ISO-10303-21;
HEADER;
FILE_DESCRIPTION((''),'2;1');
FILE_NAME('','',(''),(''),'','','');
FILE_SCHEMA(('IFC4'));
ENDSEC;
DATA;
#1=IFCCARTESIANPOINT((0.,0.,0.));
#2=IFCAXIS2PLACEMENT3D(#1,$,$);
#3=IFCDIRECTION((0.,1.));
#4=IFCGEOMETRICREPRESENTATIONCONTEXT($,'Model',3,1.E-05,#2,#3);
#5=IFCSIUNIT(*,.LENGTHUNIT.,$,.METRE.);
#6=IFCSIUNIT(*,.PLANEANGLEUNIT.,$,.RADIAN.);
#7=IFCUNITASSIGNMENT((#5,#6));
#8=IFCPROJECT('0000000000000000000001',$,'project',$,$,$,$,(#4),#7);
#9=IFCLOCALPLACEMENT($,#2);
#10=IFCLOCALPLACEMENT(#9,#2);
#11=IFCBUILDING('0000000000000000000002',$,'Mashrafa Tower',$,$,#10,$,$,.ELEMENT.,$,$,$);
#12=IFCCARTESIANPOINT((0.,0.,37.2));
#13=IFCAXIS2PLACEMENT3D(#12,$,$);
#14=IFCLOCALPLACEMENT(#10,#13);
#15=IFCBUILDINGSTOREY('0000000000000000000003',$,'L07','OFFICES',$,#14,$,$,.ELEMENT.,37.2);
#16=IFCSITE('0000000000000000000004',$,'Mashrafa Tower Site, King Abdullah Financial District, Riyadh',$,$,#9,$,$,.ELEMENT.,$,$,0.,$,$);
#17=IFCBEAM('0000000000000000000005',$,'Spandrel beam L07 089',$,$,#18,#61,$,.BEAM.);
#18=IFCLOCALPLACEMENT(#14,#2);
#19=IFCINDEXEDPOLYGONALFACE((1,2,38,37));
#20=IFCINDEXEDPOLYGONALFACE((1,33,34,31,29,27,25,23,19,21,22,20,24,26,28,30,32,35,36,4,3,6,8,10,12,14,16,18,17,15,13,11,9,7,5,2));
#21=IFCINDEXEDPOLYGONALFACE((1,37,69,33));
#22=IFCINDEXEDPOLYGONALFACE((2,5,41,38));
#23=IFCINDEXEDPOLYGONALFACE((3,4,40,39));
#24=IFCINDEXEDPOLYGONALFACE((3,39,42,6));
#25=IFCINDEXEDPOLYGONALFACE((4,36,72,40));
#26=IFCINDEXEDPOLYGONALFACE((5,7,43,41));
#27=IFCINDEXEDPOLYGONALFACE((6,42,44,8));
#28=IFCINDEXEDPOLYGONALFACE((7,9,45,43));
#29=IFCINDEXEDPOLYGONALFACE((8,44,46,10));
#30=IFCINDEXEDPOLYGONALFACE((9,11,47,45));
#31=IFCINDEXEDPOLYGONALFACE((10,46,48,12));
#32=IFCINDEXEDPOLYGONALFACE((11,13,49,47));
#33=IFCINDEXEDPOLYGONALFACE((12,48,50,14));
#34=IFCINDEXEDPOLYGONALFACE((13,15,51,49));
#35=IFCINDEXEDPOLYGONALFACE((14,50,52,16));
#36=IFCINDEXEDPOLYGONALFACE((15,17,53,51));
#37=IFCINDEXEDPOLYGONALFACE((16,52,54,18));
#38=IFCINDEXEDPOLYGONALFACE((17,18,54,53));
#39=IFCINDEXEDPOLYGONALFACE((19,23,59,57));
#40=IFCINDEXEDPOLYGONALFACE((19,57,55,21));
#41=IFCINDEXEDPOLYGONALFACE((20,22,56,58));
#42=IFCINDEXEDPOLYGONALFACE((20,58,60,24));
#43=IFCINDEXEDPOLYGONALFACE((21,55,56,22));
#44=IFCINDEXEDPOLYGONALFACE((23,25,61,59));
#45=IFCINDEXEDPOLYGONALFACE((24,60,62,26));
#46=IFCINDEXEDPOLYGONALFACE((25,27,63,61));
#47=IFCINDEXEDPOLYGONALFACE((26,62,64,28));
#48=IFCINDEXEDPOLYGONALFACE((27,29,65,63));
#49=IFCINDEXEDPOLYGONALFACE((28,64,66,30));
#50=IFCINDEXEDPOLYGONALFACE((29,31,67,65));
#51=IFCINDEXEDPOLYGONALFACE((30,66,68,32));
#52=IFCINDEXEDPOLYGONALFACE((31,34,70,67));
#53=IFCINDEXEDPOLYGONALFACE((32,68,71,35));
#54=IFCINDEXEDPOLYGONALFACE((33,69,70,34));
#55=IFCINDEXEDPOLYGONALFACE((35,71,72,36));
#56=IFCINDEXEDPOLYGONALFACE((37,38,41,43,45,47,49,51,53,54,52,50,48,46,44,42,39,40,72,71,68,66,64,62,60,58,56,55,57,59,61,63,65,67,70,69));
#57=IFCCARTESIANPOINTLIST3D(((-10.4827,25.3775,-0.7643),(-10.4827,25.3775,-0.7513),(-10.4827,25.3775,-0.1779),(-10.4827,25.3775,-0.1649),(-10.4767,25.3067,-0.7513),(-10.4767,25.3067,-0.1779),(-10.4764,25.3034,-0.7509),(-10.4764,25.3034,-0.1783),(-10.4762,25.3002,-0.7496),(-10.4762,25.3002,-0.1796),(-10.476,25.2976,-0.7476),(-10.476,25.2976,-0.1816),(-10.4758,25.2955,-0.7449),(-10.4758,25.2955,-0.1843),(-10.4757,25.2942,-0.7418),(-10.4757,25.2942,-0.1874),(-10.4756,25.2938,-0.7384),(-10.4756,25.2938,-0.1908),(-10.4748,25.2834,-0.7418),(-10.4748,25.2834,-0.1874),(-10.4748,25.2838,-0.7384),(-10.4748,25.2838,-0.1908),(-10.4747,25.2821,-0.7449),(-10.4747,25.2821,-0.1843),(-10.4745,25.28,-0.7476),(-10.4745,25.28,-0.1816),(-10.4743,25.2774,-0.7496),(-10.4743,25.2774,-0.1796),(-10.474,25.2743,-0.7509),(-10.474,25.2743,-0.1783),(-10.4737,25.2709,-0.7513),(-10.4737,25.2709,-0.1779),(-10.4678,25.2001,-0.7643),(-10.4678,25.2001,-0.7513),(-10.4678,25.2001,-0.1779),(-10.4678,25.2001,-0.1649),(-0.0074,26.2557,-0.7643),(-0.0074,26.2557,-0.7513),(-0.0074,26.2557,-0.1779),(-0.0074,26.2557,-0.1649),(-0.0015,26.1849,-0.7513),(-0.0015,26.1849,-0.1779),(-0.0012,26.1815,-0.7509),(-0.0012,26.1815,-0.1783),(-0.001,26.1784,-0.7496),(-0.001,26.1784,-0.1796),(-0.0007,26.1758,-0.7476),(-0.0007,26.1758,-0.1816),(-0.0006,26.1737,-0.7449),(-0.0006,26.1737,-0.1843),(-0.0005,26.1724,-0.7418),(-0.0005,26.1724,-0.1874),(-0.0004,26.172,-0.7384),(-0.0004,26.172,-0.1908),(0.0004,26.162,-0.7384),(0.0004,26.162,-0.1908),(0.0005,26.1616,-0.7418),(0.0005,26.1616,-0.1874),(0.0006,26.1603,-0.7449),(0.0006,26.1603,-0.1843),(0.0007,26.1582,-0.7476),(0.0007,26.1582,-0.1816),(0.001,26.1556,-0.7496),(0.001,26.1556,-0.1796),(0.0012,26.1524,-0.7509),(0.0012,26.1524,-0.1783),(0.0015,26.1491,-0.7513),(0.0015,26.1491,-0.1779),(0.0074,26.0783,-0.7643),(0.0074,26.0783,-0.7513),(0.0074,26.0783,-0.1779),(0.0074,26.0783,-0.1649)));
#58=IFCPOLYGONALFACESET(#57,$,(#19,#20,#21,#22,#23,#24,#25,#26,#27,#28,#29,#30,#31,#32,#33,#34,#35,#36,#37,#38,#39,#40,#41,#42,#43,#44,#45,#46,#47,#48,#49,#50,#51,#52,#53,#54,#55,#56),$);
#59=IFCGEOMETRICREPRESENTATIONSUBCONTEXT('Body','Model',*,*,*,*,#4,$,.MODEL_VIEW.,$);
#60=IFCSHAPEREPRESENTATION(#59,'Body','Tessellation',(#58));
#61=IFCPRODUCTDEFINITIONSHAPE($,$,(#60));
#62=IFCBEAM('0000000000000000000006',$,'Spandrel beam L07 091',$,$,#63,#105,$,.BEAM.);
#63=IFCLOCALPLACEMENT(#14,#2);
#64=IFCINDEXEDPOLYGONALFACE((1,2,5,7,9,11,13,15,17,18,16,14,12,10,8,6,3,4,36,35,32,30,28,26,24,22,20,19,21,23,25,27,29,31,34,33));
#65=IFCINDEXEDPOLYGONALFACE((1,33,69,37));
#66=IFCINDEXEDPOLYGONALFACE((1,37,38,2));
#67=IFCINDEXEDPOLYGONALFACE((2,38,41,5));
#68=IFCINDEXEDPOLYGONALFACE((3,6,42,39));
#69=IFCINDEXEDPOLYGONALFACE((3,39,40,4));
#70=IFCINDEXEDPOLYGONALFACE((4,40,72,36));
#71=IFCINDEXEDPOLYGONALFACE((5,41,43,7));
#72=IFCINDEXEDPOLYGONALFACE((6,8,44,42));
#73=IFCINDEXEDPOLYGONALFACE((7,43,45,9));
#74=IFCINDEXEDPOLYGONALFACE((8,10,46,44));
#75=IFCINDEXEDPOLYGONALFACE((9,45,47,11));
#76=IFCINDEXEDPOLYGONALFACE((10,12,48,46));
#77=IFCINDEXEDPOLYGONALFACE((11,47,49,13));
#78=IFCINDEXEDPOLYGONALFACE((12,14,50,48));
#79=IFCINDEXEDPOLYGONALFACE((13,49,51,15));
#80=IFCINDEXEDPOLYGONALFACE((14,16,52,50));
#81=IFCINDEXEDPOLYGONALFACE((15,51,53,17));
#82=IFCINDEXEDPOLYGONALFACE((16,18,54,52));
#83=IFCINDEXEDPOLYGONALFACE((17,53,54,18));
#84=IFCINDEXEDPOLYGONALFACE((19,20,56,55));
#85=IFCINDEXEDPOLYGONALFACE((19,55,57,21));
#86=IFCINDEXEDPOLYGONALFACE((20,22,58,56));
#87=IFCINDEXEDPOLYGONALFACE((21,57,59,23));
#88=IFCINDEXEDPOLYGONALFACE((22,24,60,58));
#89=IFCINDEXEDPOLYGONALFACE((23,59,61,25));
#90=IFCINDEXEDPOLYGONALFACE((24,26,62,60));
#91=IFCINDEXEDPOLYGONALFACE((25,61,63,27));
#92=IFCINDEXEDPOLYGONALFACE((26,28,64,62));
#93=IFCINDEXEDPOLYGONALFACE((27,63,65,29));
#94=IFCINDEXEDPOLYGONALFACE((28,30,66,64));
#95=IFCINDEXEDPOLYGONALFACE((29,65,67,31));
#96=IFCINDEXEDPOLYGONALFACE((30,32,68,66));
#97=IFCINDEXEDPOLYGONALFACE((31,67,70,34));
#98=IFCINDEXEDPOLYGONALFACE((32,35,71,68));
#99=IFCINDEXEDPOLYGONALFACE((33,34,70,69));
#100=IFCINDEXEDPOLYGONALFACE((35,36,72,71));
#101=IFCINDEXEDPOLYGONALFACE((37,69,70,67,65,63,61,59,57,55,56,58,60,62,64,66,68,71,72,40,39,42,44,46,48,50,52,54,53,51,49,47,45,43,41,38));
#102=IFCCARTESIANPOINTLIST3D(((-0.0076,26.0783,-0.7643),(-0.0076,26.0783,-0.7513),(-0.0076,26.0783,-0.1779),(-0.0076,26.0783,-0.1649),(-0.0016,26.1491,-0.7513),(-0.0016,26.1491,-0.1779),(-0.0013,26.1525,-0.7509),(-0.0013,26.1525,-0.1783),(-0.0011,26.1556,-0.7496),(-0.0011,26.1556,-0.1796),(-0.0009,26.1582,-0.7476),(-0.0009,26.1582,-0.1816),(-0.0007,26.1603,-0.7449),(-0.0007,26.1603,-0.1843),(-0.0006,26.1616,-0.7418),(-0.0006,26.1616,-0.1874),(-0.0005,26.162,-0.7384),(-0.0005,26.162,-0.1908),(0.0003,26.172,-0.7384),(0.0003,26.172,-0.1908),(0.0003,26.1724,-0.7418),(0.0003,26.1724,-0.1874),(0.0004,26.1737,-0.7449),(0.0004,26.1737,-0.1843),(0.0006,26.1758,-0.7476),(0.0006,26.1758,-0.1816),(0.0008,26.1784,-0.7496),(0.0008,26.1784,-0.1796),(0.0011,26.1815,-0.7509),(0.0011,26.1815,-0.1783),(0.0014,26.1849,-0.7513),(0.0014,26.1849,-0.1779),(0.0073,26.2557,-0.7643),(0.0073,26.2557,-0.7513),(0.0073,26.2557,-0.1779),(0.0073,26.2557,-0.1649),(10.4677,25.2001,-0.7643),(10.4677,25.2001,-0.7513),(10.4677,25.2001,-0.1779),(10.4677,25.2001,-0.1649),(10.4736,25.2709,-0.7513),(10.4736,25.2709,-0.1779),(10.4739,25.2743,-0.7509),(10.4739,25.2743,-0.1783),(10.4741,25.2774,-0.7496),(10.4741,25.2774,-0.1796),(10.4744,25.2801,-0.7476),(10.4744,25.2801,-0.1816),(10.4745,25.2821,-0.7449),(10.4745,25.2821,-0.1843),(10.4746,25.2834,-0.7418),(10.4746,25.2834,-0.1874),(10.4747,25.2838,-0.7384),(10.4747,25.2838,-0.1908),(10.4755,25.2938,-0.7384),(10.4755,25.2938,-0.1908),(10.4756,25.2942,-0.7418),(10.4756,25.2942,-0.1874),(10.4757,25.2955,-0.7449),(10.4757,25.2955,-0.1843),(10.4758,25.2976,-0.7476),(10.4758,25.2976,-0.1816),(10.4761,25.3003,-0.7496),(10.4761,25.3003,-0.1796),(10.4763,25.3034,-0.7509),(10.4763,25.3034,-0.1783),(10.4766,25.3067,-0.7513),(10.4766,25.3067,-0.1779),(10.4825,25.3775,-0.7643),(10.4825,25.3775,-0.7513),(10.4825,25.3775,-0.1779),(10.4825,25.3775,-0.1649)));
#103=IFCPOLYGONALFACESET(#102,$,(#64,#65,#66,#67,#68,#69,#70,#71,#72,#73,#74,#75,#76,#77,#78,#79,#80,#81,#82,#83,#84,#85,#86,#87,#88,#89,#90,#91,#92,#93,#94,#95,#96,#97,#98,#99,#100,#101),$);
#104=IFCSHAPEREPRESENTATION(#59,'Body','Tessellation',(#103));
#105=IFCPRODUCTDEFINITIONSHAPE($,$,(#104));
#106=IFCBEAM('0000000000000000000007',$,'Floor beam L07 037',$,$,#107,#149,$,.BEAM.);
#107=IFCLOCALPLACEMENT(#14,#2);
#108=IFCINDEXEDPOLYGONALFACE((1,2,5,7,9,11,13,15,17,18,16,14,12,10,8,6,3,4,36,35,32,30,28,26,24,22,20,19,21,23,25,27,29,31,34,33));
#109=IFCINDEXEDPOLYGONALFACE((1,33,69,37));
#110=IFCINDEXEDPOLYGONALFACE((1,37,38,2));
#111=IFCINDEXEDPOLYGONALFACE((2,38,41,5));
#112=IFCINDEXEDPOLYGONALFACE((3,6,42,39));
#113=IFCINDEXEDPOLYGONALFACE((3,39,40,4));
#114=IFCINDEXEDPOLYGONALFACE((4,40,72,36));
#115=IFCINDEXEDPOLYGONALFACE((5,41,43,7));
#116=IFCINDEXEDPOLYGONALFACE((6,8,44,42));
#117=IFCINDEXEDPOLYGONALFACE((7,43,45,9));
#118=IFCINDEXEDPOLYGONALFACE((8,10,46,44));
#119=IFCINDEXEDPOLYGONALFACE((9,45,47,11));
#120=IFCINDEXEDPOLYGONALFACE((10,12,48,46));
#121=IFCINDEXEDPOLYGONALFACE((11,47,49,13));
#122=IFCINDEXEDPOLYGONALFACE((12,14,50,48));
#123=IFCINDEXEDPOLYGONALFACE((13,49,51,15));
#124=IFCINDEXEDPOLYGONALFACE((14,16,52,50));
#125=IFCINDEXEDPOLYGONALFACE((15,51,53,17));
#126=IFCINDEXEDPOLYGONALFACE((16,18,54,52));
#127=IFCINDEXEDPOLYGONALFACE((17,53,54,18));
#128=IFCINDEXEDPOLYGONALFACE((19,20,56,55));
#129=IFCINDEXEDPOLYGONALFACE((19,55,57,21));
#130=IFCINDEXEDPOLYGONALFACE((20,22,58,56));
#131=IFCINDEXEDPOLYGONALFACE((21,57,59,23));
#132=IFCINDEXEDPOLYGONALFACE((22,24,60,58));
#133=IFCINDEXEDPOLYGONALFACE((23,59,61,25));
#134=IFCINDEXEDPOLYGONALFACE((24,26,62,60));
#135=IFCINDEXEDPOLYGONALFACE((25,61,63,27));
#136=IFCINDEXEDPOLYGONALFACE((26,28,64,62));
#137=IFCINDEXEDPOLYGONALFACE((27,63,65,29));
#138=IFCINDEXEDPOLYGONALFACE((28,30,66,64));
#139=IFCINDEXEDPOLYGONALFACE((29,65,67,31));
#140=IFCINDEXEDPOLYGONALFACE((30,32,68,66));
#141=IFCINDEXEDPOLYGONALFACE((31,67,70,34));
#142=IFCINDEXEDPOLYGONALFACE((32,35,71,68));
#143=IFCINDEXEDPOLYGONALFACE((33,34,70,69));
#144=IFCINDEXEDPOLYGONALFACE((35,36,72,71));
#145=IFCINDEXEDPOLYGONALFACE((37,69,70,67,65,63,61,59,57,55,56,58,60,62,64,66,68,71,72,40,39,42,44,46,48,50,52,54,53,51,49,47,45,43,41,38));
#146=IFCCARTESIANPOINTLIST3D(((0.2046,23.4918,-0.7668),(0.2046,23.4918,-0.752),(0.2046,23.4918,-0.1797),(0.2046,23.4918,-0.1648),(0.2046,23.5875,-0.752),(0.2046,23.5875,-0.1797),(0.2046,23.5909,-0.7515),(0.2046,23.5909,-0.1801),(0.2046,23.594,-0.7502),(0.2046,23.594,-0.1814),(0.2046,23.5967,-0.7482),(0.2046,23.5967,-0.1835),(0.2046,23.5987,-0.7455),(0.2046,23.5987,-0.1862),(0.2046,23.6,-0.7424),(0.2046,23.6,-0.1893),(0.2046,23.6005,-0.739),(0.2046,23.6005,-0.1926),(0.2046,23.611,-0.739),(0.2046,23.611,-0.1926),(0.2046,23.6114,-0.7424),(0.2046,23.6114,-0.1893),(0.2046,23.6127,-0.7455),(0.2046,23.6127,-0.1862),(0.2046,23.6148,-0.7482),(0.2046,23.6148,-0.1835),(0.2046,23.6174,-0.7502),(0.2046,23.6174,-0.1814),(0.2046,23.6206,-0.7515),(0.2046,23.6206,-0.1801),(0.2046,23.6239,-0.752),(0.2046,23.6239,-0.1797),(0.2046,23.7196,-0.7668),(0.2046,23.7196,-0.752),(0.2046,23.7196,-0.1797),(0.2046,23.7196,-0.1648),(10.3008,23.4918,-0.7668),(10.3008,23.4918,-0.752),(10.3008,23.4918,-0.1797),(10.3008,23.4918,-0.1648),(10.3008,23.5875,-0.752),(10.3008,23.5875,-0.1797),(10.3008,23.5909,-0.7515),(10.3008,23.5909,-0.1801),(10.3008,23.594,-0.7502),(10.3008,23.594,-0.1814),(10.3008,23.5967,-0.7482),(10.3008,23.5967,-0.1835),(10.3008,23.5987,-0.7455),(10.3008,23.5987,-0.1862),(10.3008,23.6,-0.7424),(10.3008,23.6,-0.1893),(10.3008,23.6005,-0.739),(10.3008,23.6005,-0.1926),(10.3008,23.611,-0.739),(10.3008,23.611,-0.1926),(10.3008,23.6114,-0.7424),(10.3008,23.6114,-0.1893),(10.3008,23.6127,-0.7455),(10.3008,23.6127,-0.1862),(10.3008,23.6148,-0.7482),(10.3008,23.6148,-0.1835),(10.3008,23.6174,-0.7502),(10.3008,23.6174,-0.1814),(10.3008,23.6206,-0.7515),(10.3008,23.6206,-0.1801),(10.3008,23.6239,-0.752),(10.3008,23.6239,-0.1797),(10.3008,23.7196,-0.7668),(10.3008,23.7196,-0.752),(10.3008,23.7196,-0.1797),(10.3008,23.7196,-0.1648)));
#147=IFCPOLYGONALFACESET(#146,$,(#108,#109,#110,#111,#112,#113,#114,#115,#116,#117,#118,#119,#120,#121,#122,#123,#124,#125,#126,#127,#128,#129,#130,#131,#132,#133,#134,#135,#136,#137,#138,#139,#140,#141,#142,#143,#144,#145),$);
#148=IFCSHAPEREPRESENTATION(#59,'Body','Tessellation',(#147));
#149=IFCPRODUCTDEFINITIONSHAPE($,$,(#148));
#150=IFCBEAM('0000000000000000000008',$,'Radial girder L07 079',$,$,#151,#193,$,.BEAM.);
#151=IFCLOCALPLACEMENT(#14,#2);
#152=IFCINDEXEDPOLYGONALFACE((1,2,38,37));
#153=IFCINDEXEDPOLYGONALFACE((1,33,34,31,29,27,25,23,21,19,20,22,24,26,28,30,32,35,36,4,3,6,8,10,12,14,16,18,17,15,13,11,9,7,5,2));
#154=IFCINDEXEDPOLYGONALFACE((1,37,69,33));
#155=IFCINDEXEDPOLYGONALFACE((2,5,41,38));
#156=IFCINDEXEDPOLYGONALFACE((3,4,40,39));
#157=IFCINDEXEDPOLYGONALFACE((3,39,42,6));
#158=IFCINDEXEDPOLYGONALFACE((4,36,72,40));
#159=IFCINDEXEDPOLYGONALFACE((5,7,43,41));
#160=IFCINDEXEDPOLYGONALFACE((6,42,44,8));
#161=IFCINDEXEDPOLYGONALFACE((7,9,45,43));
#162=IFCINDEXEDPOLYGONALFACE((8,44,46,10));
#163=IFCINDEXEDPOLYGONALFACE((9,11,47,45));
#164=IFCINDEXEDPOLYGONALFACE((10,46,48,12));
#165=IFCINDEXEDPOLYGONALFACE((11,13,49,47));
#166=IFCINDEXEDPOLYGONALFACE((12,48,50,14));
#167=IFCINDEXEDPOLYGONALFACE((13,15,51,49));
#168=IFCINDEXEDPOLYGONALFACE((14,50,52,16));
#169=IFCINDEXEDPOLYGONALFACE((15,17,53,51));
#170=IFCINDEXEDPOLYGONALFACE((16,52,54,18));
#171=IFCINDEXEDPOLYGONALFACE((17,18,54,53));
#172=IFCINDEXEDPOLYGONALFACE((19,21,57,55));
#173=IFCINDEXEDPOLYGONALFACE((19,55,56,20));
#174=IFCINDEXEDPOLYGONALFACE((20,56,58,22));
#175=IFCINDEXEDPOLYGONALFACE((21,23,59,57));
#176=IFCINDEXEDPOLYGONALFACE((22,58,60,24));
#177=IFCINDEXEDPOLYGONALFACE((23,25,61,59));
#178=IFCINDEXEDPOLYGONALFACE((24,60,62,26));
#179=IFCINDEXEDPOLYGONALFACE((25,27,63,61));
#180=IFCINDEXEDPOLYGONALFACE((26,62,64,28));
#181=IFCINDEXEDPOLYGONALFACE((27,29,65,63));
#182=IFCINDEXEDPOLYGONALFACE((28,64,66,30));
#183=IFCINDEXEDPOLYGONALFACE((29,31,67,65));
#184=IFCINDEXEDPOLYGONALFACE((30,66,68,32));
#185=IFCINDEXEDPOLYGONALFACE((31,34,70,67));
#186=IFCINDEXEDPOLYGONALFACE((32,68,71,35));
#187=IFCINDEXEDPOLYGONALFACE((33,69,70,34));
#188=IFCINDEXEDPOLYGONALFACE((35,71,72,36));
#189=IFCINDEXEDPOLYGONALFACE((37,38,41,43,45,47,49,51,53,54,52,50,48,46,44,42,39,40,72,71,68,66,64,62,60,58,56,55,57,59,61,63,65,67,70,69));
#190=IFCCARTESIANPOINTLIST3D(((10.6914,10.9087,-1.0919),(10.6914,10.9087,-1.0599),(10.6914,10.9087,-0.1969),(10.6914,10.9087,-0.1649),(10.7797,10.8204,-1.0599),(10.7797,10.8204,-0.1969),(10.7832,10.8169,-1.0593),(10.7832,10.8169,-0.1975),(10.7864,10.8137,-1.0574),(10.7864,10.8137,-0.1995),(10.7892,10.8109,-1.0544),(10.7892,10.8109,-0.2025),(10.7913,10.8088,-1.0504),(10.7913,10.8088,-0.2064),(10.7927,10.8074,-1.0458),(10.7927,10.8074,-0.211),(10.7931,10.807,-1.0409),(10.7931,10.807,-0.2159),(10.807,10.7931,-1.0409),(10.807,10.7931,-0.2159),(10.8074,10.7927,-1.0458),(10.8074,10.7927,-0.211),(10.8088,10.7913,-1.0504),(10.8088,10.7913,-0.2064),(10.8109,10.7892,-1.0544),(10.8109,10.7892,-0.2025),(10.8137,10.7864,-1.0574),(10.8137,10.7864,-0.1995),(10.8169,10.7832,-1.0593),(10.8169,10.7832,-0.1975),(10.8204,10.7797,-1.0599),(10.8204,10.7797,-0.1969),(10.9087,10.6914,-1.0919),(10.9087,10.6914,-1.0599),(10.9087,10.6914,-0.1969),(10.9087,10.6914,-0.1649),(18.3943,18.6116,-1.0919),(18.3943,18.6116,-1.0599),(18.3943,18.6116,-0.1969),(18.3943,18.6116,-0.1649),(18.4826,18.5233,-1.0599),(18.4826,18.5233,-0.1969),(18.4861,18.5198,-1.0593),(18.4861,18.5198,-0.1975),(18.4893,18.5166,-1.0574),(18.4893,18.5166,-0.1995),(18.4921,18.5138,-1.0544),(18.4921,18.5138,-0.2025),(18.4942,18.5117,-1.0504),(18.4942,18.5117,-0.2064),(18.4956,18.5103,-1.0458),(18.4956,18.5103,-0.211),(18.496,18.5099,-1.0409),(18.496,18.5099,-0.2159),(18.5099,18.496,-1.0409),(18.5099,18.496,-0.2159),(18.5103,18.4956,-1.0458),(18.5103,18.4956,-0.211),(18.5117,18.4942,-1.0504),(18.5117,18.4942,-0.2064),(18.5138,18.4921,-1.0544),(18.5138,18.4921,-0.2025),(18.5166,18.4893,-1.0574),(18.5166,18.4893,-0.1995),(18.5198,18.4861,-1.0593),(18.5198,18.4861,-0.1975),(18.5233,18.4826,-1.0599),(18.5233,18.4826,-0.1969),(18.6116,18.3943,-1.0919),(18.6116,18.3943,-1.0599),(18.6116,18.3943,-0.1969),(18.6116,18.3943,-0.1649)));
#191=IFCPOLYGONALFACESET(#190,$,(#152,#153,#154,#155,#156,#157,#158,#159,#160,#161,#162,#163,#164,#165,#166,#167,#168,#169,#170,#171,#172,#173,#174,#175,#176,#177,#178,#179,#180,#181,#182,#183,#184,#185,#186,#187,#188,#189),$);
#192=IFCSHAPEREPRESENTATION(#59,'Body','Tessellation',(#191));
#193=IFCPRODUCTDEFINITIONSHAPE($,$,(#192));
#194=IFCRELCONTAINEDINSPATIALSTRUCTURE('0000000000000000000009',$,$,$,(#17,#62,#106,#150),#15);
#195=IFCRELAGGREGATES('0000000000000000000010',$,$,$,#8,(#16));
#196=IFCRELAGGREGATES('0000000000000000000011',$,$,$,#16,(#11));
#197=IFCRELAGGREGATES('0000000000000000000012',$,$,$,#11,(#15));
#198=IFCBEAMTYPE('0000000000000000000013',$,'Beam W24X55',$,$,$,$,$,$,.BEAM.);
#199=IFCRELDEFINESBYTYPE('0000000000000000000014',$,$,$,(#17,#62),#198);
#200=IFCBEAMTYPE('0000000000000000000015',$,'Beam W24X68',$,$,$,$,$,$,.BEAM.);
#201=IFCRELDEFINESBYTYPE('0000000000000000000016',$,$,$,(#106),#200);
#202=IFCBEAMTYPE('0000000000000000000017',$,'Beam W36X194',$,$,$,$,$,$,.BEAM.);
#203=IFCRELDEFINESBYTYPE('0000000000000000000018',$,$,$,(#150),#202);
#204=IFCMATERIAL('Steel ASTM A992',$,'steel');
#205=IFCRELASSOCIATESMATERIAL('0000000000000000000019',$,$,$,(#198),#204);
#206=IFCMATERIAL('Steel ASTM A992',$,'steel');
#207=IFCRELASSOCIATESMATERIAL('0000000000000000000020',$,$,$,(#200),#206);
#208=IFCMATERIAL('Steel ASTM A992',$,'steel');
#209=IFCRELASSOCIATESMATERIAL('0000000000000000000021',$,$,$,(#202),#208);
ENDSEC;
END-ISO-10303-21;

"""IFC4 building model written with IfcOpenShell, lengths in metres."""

from ifc_helpers import new_model, si_unit, direction, frame, origin, origin_2d, place, context, subcontext, project, spatial, i_section, extrude, material, material_profile, profile_set, type_object, element, save


model = new_model("IFC4")

# Units and contexts
model_context = context("Model", 3, precision=1e-05, world=origin(), true_north=direction((0.0, 1.0)))
body_context = subcontext(model_context, "Body", "Model", "MODEL_VIEW")
ifc_project = project(units=[si_unit("LENGTHUNIT", "METRE"), si_unit("PLANEANGLEUNIT", "RADIAN")], contexts=[model_context])

# Site, building, storey
site_placement = place(None, origin())
site = spatial("IfcSite", under=ifc_project, at=site_placement, Name="Mashrafa Tower Site, King Abdullah Financial District, Riyadh", CompositionType="ELEMENT", RefElevation=0.0)
building_placement = place(site_placement, origin())
building = spatial("IfcBuilding", under=site, at=building_placement, Name="Mashrafa Tower", CompositionType="ELEMENT")
storey_placement = place(building_placement, frame((0.0, 0.0, 37.2)))
storey = spatial("IfcBuildingStorey", under=building, at=storey_placement, Name="L07", Description="OFFICES", CompositionType="ELEMENT", Elevation=37.2)

# Beams
ifc_material_1 = material(Name="Steel ASTM A992", Category="steel")
ifc_material_profile_1 = material_profile(ifc_material_1, i_section(OverallWidth=0.178, OverallDepth=0.5994, WebThickness=0.01, FlangeThickness=0.0129, FilletRadius=0.0129, at=origin_2d()), Name="W24X55")
ifc_profile_set_1 = profile_set([ifc_material_profile_1], Name="Steel ASTM A992")
beam_type_1 = type_object("IfcBeamType", Name="Beam W24X55", PredefinedType="BEAM", material=ifc_profile_set_1)
for number, where, z_axis, x_axis, name in (
    (1, (0.0, 26.167, -0.4646), (-0.996504, -0.083541, 0.0), (0.083541, -0.996504, 0.0), "Spandrel beam L07 089"),
    (2, (10.4751, 25.2888, -0.4646), (-0.996504, 0.083541, 0.0), (-0.083541, -0.996504, 0.0), "Spandrel beam L07 091"),
):
    element("IfcBeam", number, at=place(storey_placement, frame(where, z_axis=z_axis, x_axis=x_axis)), inside=storey, type_object=beam_type_1, Name=name, PredefinedType="BEAM", context=body_context, shape_type="SweptSolid", body=[
        extrude(i_section(OverallWidth=0.178, OverallDepth=0.5994, WebThickness=0.01, FlangeThickness=0.0129, FilletRadius=0.0129, at=origin_2d()), origin(), (0.0, 0.0, 1.0), 10.512),
    ])
ifc_material_2 = material(Name="Steel ASTM A992", Category="steel")
ifc_material_profile_2 = material_profile(ifc_material_2, i_section(OverallWidth=0.2278, OverallDepth=0.6021, WebThickness=0.0105, FlangeThickness=0.0149, FilletRadius=0.0129, at=origin_2d()), Name="W24X68")
ifc_profile_set_2 = profile_set([ifc_material_profile_2], Name="Steel ASTM A992")
beam_type_2 = type_object("IfcBeamType", Name="Beam W24X68", PredefinedType="BEAM", material=ifc_profile_set_2)
beam_1_placement = place(storey_placement, frame((0.2046, 23.6057, -0.4658), z_axis=(1.0, 0.0, 0.0), x_axis=(0.0, 1.0, 0.0)))
element("IfcBeam", 3, at=beam_1_placement, inside=storey, type_object=beam_type_2, Name="Floor beam L07 037", PredefinedType="BEAM", context=body_context, shape_type="SweptSolid", body=[
    extrude(i_section(OverallWidth=0.2278, OverallDepth=0.6021, WebThickness=0.0105, FlangeThickness=0.0149, FilletRadius=0.0129, at=origin_2d()), origin(), (0.0, 0.0, 1.0), 10.0962),
])
ifc_material_3 = material(Name="Steel ASTM A992", Category="steel")
ifc_material_profile_3 = material_profile(ifc_material_3, i_section(OverallWidth=0.3074, OverallDepth=0.927, WebThickness=0.0195, FlangeThickness=0.032, FilletRadius=0.019, at=origin_2d()), Name="W36X194")
ifc_profile_set_3 = profile_set([ifc_material_profile_3], Name="Steel ASTM A992")
beam_type_3 = type_object("IfcBeamType", Name="Beam W36X194", PredefinedType="BEAM", material=ifc_profile_set_3)
beam_2_placement = place(storey_placement, frame((10.8, 10.8, -0.6284), z_axis=(0.707107, 0.707107, 0.0), x_axis=(-0.707107, 0.707107, 0.0)))
element("IfcBeam", 4, at=beam_2_placement, inside=storey, type_object=beam_type_3, Name="Radial girder L07 079", PredefinedType="BEAM", context=body_context, shape_type="SweptSolid", body=[
    extrude(i_section(OverallWidth=0.3074, OverallDepth=0.927, WebThickness=0.0195, FlangeThickness=0.032, FilletRadius=0.019, at=origin_2d()), origin(), (0.0, 0.0, 1.0), 10.8936),
])

save(model, "model.ifc")
